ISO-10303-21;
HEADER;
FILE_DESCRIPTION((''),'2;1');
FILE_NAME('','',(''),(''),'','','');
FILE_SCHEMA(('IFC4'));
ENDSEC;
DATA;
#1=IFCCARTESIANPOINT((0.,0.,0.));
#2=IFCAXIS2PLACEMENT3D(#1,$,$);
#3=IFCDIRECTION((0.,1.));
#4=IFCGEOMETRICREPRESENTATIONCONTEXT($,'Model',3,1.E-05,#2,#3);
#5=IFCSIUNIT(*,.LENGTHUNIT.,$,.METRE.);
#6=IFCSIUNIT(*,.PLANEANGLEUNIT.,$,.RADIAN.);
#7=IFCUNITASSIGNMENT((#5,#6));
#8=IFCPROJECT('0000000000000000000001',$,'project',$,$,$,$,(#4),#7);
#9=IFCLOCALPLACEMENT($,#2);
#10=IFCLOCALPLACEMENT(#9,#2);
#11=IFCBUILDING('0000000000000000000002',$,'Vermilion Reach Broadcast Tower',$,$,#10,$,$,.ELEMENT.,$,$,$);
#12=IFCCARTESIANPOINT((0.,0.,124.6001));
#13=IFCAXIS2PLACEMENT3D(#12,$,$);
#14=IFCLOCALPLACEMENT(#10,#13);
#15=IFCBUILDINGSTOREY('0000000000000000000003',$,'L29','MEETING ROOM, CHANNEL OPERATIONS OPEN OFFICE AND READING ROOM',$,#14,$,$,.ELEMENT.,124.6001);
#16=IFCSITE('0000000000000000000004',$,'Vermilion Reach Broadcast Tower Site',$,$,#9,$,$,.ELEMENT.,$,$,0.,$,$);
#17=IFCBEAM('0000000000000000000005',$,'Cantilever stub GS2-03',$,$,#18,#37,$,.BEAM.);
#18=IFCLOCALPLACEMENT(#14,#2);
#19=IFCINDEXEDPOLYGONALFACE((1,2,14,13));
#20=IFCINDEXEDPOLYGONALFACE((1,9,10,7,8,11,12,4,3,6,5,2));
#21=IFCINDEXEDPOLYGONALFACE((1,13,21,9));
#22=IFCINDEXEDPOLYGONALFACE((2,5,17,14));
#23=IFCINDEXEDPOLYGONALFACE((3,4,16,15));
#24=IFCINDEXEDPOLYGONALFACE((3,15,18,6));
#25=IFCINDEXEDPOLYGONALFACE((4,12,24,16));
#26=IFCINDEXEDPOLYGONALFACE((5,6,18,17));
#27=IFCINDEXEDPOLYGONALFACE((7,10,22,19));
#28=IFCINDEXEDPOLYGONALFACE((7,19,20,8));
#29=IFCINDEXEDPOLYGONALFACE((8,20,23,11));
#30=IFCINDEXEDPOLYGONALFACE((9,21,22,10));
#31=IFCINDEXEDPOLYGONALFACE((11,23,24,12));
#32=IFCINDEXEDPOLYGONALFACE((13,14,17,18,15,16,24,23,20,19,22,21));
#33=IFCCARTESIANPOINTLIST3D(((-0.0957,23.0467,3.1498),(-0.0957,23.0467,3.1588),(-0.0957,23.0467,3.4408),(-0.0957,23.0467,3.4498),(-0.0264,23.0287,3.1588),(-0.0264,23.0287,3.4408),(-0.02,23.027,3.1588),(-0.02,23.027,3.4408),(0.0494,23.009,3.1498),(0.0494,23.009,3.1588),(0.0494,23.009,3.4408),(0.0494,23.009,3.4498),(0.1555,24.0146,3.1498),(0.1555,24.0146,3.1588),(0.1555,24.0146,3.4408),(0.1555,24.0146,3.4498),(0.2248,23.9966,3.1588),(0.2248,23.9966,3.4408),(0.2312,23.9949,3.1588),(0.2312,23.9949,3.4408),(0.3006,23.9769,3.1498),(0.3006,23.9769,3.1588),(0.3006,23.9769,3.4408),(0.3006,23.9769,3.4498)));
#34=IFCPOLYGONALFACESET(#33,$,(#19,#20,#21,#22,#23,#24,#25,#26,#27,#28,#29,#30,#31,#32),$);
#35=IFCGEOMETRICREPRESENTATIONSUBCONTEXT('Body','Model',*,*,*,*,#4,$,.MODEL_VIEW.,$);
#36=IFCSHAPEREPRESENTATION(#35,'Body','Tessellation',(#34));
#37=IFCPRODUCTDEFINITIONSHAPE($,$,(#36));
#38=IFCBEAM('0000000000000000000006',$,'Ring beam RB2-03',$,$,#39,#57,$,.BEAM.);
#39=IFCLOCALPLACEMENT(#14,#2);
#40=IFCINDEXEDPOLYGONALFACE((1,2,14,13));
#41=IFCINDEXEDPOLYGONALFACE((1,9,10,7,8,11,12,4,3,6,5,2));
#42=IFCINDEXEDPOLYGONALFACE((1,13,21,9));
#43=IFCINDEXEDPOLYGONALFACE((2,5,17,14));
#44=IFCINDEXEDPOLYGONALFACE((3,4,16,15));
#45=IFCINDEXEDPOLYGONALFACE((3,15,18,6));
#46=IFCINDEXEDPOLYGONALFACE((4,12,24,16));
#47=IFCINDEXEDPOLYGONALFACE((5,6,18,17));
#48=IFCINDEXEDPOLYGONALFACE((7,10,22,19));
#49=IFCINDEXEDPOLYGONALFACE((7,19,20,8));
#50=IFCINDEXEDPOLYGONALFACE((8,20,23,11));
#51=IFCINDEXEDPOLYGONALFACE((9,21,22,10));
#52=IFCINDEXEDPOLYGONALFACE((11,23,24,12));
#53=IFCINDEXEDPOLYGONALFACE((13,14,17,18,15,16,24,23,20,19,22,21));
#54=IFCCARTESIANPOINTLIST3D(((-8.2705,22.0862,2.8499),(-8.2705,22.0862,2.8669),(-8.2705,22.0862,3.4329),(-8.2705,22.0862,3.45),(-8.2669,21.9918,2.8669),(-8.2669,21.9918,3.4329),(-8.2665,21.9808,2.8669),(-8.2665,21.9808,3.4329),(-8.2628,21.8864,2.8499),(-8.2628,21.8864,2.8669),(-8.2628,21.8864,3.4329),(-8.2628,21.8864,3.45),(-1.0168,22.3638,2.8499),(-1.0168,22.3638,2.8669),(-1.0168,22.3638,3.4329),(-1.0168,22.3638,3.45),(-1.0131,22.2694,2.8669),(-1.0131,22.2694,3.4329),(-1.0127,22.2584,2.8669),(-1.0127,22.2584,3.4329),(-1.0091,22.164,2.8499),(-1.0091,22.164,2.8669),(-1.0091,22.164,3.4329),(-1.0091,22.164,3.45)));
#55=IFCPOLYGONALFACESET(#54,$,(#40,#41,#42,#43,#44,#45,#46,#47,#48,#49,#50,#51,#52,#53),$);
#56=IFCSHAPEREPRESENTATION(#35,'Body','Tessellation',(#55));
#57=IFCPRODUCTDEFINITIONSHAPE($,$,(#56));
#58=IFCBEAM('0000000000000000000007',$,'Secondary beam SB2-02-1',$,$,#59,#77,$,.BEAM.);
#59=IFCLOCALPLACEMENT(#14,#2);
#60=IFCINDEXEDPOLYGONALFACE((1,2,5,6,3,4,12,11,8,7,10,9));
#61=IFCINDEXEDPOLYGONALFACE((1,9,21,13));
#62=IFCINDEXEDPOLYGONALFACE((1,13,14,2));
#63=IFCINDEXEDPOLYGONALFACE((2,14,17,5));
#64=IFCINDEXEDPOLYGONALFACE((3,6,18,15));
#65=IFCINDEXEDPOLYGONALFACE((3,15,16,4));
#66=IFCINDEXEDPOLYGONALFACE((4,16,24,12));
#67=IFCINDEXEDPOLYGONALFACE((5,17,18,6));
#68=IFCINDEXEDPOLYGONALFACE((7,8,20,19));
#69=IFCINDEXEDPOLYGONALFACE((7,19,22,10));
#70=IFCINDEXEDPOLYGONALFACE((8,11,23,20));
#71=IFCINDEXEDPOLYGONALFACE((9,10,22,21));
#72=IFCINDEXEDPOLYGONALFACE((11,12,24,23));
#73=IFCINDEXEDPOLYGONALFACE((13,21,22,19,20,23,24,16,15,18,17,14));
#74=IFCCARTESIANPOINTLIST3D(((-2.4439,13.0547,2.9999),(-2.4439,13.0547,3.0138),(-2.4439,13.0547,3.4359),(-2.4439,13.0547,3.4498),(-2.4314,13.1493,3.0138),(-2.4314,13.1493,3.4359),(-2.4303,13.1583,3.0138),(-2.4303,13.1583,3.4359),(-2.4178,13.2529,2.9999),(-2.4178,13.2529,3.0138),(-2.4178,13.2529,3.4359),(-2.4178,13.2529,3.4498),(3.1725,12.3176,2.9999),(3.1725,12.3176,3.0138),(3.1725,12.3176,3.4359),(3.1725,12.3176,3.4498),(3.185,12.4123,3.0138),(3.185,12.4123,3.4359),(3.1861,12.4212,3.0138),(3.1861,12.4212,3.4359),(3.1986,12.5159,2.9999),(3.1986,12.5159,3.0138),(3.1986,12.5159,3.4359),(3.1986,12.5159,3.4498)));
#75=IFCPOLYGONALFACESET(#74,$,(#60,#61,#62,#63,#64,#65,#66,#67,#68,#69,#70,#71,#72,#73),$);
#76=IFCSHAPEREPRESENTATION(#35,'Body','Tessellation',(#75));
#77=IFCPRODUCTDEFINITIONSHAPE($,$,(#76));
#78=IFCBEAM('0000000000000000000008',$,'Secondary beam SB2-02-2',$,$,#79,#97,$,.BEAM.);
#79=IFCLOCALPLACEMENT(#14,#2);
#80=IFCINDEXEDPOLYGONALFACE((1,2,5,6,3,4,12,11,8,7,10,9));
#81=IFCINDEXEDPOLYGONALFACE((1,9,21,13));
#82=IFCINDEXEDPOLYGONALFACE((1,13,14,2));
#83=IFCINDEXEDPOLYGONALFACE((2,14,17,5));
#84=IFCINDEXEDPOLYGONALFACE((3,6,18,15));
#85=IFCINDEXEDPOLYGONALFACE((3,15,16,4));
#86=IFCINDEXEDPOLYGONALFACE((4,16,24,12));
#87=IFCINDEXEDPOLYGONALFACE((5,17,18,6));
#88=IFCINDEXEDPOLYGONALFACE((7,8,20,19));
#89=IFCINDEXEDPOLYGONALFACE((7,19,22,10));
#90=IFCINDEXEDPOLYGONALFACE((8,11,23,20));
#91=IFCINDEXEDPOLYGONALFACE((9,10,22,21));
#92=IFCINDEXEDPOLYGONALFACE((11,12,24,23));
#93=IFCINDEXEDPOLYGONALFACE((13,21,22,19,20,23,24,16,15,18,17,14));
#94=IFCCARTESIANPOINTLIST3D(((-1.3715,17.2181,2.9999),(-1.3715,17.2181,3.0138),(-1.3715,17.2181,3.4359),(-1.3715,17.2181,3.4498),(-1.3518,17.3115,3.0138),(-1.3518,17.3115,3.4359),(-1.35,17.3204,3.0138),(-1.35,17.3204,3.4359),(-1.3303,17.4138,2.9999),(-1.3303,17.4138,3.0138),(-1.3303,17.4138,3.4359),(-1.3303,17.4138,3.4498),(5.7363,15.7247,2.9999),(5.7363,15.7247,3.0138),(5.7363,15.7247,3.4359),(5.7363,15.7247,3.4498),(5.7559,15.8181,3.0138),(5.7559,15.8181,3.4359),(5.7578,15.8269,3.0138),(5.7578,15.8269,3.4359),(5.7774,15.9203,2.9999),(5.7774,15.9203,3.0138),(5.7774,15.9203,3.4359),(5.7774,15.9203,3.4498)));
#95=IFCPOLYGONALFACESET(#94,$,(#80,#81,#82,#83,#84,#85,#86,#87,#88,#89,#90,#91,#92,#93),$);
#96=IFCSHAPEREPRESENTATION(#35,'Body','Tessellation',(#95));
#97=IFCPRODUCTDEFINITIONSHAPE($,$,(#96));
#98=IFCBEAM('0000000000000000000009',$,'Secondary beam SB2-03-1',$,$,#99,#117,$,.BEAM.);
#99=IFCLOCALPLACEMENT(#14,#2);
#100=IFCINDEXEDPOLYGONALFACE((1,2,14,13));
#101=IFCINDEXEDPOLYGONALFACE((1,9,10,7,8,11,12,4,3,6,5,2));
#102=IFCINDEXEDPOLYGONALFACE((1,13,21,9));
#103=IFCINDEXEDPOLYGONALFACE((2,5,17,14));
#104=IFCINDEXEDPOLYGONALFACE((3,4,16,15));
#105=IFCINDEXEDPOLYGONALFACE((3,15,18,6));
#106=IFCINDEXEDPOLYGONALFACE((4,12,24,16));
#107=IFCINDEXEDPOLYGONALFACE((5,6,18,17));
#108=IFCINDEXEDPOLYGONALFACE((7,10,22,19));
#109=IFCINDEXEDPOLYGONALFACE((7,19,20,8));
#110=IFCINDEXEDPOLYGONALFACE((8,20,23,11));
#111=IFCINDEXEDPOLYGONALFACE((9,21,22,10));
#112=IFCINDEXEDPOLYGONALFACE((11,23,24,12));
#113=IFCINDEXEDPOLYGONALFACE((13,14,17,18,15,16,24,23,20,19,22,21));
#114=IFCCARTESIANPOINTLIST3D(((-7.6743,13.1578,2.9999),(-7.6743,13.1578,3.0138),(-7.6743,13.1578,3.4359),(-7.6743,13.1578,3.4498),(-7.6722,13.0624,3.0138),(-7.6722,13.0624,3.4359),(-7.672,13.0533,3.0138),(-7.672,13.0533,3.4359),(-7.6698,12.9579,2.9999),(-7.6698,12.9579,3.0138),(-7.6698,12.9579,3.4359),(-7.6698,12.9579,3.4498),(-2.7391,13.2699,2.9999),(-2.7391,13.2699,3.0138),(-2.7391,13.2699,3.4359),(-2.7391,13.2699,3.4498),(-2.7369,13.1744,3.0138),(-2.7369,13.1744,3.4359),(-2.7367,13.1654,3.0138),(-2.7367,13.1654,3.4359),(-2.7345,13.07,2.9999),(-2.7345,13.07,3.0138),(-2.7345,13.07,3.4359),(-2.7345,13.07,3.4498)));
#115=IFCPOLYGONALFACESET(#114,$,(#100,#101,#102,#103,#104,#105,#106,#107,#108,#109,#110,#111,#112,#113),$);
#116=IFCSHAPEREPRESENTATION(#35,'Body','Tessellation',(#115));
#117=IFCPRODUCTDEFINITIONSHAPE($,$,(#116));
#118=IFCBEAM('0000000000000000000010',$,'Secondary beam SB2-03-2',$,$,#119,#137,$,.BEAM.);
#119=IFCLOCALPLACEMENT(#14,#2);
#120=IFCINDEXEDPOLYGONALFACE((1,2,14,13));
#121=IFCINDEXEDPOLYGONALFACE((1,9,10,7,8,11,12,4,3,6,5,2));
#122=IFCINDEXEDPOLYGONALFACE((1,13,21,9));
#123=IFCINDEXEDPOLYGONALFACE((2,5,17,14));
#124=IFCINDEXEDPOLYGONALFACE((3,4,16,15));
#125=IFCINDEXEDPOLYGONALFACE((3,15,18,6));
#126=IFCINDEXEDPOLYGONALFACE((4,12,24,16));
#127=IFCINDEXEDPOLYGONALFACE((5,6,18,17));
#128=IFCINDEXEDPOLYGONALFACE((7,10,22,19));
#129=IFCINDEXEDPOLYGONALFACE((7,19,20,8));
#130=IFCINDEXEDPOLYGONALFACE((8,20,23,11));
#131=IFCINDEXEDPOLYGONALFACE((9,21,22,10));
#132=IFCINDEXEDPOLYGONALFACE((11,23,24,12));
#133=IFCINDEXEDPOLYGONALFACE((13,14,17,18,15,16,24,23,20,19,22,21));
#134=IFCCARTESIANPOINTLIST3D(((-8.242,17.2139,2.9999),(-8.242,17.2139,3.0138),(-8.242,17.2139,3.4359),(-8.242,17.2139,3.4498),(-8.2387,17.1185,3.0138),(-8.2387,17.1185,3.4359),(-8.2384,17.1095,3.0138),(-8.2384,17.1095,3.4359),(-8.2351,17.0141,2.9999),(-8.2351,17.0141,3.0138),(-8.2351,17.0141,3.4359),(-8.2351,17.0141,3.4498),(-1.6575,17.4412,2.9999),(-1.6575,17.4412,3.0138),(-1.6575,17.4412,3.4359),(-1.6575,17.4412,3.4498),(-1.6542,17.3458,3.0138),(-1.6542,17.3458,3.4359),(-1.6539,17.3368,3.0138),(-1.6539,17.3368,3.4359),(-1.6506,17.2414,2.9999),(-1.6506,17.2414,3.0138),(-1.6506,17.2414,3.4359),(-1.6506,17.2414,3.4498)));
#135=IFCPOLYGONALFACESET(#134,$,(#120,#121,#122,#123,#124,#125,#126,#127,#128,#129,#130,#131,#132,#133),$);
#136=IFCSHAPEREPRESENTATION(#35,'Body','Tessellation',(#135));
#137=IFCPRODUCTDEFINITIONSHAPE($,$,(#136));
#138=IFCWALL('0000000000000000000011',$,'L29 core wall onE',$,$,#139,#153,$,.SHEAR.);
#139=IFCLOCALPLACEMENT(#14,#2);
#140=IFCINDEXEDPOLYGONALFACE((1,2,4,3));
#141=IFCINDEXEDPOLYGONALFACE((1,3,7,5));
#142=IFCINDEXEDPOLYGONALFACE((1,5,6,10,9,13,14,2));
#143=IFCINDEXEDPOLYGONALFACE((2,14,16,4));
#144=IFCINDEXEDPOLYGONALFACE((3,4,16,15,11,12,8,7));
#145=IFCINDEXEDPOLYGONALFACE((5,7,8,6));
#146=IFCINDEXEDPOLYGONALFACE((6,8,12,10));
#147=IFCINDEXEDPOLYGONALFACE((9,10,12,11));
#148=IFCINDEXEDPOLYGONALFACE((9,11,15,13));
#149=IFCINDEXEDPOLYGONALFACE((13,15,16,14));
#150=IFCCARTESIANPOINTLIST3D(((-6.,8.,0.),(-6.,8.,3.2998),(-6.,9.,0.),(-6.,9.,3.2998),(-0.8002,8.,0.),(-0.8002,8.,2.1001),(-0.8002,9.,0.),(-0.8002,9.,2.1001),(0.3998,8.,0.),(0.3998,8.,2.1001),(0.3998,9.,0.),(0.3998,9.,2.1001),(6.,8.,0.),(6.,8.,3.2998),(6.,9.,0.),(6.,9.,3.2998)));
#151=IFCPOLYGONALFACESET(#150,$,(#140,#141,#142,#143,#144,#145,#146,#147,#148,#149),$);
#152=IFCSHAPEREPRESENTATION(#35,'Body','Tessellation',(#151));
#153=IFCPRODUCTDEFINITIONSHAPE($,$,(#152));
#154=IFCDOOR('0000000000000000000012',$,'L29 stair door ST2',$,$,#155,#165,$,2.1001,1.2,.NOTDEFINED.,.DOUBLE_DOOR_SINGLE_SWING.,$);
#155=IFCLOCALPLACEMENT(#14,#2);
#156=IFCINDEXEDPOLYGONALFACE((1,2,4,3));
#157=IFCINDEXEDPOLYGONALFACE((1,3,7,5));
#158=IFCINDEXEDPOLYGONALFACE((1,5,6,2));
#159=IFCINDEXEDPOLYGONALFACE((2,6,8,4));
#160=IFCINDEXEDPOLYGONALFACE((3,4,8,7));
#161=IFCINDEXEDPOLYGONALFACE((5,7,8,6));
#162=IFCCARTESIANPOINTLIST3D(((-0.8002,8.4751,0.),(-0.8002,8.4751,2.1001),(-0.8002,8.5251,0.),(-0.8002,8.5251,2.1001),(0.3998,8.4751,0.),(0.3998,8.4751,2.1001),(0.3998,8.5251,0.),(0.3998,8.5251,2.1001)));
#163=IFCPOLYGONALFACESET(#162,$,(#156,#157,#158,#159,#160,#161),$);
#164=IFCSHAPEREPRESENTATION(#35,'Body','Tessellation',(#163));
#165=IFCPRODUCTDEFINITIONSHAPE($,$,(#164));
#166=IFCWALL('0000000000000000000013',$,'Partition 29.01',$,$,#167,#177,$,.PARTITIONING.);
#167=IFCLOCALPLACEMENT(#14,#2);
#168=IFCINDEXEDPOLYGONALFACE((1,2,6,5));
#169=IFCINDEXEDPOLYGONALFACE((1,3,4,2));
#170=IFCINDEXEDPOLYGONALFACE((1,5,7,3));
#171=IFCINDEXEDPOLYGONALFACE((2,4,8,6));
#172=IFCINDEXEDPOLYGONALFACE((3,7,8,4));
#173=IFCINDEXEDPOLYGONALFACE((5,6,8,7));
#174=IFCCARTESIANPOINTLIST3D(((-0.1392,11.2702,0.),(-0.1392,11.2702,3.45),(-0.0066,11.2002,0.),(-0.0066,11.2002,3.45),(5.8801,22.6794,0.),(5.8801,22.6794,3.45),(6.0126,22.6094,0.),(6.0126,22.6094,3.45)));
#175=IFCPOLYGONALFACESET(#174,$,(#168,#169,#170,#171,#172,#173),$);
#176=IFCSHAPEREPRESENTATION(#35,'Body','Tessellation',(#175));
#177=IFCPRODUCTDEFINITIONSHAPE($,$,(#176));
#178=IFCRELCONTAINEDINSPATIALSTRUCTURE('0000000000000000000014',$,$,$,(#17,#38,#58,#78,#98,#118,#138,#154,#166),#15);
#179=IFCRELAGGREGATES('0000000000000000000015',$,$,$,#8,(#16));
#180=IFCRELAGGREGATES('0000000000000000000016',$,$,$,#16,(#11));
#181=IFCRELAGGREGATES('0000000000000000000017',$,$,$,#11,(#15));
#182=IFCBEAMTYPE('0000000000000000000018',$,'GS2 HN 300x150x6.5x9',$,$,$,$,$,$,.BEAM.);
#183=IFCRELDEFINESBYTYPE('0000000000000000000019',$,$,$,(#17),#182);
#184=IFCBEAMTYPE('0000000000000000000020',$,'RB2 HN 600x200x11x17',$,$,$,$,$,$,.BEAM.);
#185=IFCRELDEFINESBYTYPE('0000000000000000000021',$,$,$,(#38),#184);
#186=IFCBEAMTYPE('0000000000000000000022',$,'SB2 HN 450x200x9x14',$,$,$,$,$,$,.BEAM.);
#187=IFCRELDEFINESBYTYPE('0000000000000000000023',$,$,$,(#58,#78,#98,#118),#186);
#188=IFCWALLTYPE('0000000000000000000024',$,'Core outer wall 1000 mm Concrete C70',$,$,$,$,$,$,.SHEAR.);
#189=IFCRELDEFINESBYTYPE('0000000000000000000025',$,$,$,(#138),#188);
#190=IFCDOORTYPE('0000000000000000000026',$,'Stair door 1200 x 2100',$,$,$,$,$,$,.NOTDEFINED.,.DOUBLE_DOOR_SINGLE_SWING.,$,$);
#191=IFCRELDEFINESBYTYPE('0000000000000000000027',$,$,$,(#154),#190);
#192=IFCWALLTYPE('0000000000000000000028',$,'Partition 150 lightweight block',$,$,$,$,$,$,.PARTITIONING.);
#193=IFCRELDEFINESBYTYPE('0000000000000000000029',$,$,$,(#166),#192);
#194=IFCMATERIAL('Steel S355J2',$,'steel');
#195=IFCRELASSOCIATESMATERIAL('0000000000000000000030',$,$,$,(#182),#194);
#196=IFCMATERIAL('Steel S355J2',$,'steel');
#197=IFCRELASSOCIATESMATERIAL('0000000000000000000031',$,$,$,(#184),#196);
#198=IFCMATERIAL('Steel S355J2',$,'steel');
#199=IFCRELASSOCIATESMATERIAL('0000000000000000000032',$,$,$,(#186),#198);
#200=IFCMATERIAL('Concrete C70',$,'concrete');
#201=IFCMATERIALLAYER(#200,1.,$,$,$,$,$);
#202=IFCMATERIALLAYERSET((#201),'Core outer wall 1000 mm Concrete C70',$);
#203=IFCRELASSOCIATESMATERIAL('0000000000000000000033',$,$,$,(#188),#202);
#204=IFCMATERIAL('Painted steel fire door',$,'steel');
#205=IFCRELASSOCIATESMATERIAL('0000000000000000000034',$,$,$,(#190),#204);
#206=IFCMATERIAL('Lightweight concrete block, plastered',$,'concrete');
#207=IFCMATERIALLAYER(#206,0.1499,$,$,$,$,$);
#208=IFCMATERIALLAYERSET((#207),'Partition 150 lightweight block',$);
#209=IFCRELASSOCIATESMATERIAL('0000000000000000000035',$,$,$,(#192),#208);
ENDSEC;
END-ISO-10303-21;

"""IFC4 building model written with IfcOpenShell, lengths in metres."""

from ifc_helpers import new_model, si_unit, direction, frame, frame_2d, origin, origin_2d, place, context, subcontext, project, spatial, rectangle, i_section, extrude, material, layer, layer_set, material_profile, profile_set, type_object, element, fill, save


model = new_model("IFC4")

# Units and contexts
model_context = context("Model", 3, precision=1e-05, world=origin(), true_north=direction((0.0, 1.0)))
body_context = subcontext(model_context, "Body", "Model", "MODEL_VIEW")
ifc_project = project(units=[si_unit("LENGTHUNIT", "METRE"), si_unit("PLANEANGLEUNIT", "RADIAN")], contexts=[model_context])

# Site, building, storey
site_placement = place(None, origin())
site = spatial("IfcSite", under=ifc_project, at=site_placement, Name="Vermilion Reach Broadcast Tower Site", CompositionType="ELEMENT", RefElevation=0.0)
building_placement = place(site_placement, origin())
building = spatial("IfcBuilding", under=site, at=building_placement, Name="Vermilion Reach Broadcast Tower", CompositionType="ELEMENT")
storey_placement = place(building_placement, frame((0.0, 0.0, 124.6001)))
storey = spatial("IfcBuildingStorey", under=building, at=storey_placement, Name="L29", Description="MEETING ROOM, CHANNEL OPERATIONS OPEN OFFICE AND READING ROOM", CompositionType="ELEMENT", Elevation=124.6001)

# Beams
ifc_material_1 = material(Name="Steel S355J2", Category="steel")
ifc_material_profile_1 = material_profile(ifc_material_1, i_section(OverallWidth=0.1499, OverallDepth=0.3, WebThickness=0.0066, FlangeThickness=0.009, at=origin_2d()), Name="S355J2 HN 300x150x6.5x9")
ifc_profile_set_1 = profile_set([ifc_material_profile_1], Name="Steel S355J2")
beam_type_1 = type_object("IfcBeamType", Name="GS2 HN 300x150x6.5x9", PredefinedType="BEAM", material=ifc_profile_set_1)
beam_1_placement = place(storey_placement, frame((-0.0232, 23.0278, 3.2998), z_axis=(0.251199, 0.967935, 0.0), x_axis=(-0.967935, 0.251199, 0.0)))
element("IfcBeam", 1, at=beam_1_placement, inside=storey, type_object=beam_type_1, Name="Cantilever stub GS2-03", PredefinedType="BEAM", context=body_context, shape_type="SweptSolid", body=[
    extrude(i_section(OverallWidth=0.1499, OverallDepth=0.3, WebThickness=0.0066, FlangeThickness=0.009, at=origin_2d()), origin(), (0.0, 0.0, 1.0), 1.0),
])
ifc_material_2 = material(Name="Steel S355J2", Category="steel")
ifc_material_profile_2 = material_profile(ifc_material_2, i_section(OverallWidth=0.2, OverallDepth=0.6001, WebThickness=0.011, FlangeThickness=0.0171, at=origin_2d()), Name="S355J2 HN 600x200x11x17")
ifc_profile_set_2 = profile_set([ifc_material_profile_2], Name="Steel S355J2")
beam_type_2 = type_object("IfcBeamType", Name="RB2 HN 600x200x11x17", PredefinedType="BEAM", material=ifc_profile_set_2)
beam_2_placement = place(storey_placement, frame((-1.0129, 22.2639, 3.1499), z_axis=(-0.999269, -0.038241, 0.0), x_axis=(0.038241, -0.999269, 0.0)))
element("IfcBeam", 2, at=beam_2_placement, inside=storey, type_object=beam_type_2, Name="Ring beam RB2-03", PredefinedType="BEAM", context=body_context, shape_type="SweptSolid", body=[
    extrude(i_section(OverallWidth=0.2, OverallDepth=0.6001, WebThickness=0.011, FlangeThickness=0.0171, at=origin_2d()), origin(), (0.0, 0.0, 1.0), 7.259),
])
ifc_material_3 = material(Name="Steel S355J2", Category="steel")
ifc_material_profile_3 = material_profile(ifc_material_3, i_section(OverallWidth=0.2, OverallDepth=0.45, WebThickness=0.009, FlangeThickness=0.0139, at=origin_2d()), Name="S355J2 HN 450x200x9x14")
ifc_profile_set_3 = profile_set([ifc_material_profile_3], Name="Steel S355J2")
beam_type_3 = type_object("IfcBeamType", Name="SB2 HN 450x200x9x14", PredefinedType="BEAM", material=ifc_profile_set_3)
beam_3_placement = place(storey_placement, frame((3.1855, 12.4167, 3.2249), z_axis=(-0.991499, 0.130117, 0.0), x_axis=(-0.130117, -0.991499, 0.0)))
element("IfcBeam", 3, at=beam_3_placement, inside=storey, type_object=beam_type_3, Name="Secondary beam SB2-02-1", PredefinedType="BEAM", context=body_context, shape_type="SweptSolid", body=[
    extrude(i_section(OverallWidth=0.2, OverallDepth=0.45, WebThickness=0.009, FlangeThickness=0.0139, at=origin_2d()), origin(), (0.0, 0.0, 1.0), 5.6646),
])
beam_4_placement = place(storey_placement, frame((5.7568, 15.8225, 3.2249), z_axis=(-0.978631, 0.205623, 0.0), x_axis=(-0.205623, -0.978631, 0.0)))
element("IfcBeam", 4, at=beam_4_placement, inside=storey, type_object=beam_type_3, Name="Secondary beam SB2-02-2", PredefinedType="BEAM", context=body_context, shape_type="SweptSolid", body=[
    extrude(i_section(OverallWidth=0.2, OverallDepth=0.45, WebThickness=0.009, FlangeThickness=0.0139, at=origin_2d()), origin(), (0.0, 0.0, 1.0), 7.2629),
])
beam_5_placement = place(storey_placement, frame((-2.7368, 13.1699, 3.2249), z_axis=(-0.999742, -0.0227, 0.0), x_axis=(0.0227, -0.999742, 0.0)))
element("IfcBeam", 5, at=beam_5_placement, inside=storey, type_object=beam_type_3, Name="Secondary beam SB2-03-1", PredefinedType="BEAM", context=body_context, shape_type="SweptSolid", body=[
    extrude(i_section(OverallWidth=0.2, OverallDepth=0.45, WebThickness=0.009, FlangeThickness=0.0139, at=origin_2d()), origin(), (0.0, 0.0, 1.0), 4.9365),
])
beam_6_placement = place(storey_placement, frame((-1.6541, 17.3413, 3.2249), z_axis=(-0.999405, -0.034499, 0.0), x_axis=(0.034499, -0.999405, 0.0)))
element("IfcBeam", 6, at=beam_6_placement, inside=storey, type_object=beam_type_3, Name="Secondary beam SB2-03-2", PredefinedType="BEAM", context=body_context, shape_type="SweptSolid", body=[
    extrude(i_section(OverallWidth=0.2, OverallDepth=0.45, WebThickness=0.009, FlangeThickness=0.0139, at=origin_2d()), origin(), (0.0, 0.0, 1.0), 6.5884),
])

# Wall, opening, door
ifc_material_4 = material(Name="Concrete C70", Category="concrete")
ifc_layer_1 = layer(ifc_material_4, 1.0)
ifc_layer_set_1 = layer_set([ifc_layer_1], Name="Core outer wall 1000 mm Concrete C70")
wall_type_1 = type_object("IfcWallType", Name="Core outer wall 1000 mm Concrete C70", PredefinedType="SHEAR", material=ifc_layer_set_1)
wall_1_placement = place(storey_placement, frame((6.0, 8.5, 0.0), z_axis=(0.0, 0.0, 1.0), x_axis=(-1.0, 0.0, 0.0)))
wall_1 = element("IfcWall", 7, at=wall_1_placement, inside=storey, type_object=wall_type_1, Name="L29 core wall onE", PredefinedType="SHEAR", context=body_context, shape_type="SweptSolid", body=[
    extrude(rectangle(XDim=12.0, YDim=1.0, at=frame_2d((6.0, 0.0))), origin(), (0.0, 0.0, 1.0), 3.2998),
])
opening_1_placement = place(wall_1_placement, frame((5.6001, 0.0, 0.0)))
opening_1 = element("IfcOpeningElement", 8, at=opening_1_placement, cuts=wall_1, PredefinedType="OPENING", context=body_context, shape_type="SweptSolid", body=[
    extrude(rectangle(XDim=1.2, YDim=2.1001, at=frame_2d((0.6001, 1.05))), frame((0.0, 0.51, 0.0), z_axis=(0.0, -1.0, 0.0), x_axis=(1.0, 0.0, 0.0)), (0.0, 0.0, 1.0), 1.02),
])
ifc_material_5 = material(Name="Painted steel fire door", Category="steel")
door_type_1 = type_object("IfcDoorType", Name="Stair door 1200 x 2100", OperationType="DOUBLE_DOOR_SINGLE_SWING", PredefinedType="NOTDEFINED", material=ifc_material_5)
door_1_placement = place(opening_1_placement, origin())
door_1 = element("IfcDoor", 9, at=door_1_placement, inside=storey, type_object=door_type_1, Name="L29 stair door ST2", OperationType="DOUBLE_DOOR_SINGLE_SWING", OverallHeight=2.1001, OverallWidth=1.2, PredefinedType="NOTDEFINED", context=body_context, shape_type="SweptSolid", body=[
    extrude(rectangle(XDim=1.2, YDim=2.1001, at=frame_2d((0.6001, 1.05))), frame((0.0, 0.0249, 0.0), z_axis=(0.0, -1.0, 0.0), x_axis=(1.0, 0.0, 0.0)), (0.0, 0.0, 1.0), 0.05),
])
fill(opening_1, door_1)

# Wall
ifc_material_6 = material(Name="Lightweight concrete block, plastered", Category="concrete")
ifc_layer_2 = layer(ifc_material_6, 0.1499)
ifc_layer_set_2 = layer_set([ifc_layer_2], Name="Partition 150 lightweight block")
wall_type_2 = type_object("IfcWallType", Name="Partition 150 lightweight block", PredefinedType="PARTITIONING", material=ifc_layer_set_2)
wall_2_placement = place(storey_placement, frame((5.9463, 22.6443, 0.0), z_axis=(0.0, 0.0, 1.0), x_axis=(-0.466624, -0.884456, 0.0)))
element("IfcWall", 10, at=wall_2_placement, inside=storey, type_object=wall_type_2, Name="Partition 29.01", PredefinedType="PARTITIONING", context=body_context, shape_type="SweptSolid", body=[
    extrude(rectangle(XDim=12.8997, YDim=0.1499, at=frame_2d((6.4497, 0.0))), origin(), (0.0, 0.0, 1.0), 3.45),
])

save(model, "model.ifc")
